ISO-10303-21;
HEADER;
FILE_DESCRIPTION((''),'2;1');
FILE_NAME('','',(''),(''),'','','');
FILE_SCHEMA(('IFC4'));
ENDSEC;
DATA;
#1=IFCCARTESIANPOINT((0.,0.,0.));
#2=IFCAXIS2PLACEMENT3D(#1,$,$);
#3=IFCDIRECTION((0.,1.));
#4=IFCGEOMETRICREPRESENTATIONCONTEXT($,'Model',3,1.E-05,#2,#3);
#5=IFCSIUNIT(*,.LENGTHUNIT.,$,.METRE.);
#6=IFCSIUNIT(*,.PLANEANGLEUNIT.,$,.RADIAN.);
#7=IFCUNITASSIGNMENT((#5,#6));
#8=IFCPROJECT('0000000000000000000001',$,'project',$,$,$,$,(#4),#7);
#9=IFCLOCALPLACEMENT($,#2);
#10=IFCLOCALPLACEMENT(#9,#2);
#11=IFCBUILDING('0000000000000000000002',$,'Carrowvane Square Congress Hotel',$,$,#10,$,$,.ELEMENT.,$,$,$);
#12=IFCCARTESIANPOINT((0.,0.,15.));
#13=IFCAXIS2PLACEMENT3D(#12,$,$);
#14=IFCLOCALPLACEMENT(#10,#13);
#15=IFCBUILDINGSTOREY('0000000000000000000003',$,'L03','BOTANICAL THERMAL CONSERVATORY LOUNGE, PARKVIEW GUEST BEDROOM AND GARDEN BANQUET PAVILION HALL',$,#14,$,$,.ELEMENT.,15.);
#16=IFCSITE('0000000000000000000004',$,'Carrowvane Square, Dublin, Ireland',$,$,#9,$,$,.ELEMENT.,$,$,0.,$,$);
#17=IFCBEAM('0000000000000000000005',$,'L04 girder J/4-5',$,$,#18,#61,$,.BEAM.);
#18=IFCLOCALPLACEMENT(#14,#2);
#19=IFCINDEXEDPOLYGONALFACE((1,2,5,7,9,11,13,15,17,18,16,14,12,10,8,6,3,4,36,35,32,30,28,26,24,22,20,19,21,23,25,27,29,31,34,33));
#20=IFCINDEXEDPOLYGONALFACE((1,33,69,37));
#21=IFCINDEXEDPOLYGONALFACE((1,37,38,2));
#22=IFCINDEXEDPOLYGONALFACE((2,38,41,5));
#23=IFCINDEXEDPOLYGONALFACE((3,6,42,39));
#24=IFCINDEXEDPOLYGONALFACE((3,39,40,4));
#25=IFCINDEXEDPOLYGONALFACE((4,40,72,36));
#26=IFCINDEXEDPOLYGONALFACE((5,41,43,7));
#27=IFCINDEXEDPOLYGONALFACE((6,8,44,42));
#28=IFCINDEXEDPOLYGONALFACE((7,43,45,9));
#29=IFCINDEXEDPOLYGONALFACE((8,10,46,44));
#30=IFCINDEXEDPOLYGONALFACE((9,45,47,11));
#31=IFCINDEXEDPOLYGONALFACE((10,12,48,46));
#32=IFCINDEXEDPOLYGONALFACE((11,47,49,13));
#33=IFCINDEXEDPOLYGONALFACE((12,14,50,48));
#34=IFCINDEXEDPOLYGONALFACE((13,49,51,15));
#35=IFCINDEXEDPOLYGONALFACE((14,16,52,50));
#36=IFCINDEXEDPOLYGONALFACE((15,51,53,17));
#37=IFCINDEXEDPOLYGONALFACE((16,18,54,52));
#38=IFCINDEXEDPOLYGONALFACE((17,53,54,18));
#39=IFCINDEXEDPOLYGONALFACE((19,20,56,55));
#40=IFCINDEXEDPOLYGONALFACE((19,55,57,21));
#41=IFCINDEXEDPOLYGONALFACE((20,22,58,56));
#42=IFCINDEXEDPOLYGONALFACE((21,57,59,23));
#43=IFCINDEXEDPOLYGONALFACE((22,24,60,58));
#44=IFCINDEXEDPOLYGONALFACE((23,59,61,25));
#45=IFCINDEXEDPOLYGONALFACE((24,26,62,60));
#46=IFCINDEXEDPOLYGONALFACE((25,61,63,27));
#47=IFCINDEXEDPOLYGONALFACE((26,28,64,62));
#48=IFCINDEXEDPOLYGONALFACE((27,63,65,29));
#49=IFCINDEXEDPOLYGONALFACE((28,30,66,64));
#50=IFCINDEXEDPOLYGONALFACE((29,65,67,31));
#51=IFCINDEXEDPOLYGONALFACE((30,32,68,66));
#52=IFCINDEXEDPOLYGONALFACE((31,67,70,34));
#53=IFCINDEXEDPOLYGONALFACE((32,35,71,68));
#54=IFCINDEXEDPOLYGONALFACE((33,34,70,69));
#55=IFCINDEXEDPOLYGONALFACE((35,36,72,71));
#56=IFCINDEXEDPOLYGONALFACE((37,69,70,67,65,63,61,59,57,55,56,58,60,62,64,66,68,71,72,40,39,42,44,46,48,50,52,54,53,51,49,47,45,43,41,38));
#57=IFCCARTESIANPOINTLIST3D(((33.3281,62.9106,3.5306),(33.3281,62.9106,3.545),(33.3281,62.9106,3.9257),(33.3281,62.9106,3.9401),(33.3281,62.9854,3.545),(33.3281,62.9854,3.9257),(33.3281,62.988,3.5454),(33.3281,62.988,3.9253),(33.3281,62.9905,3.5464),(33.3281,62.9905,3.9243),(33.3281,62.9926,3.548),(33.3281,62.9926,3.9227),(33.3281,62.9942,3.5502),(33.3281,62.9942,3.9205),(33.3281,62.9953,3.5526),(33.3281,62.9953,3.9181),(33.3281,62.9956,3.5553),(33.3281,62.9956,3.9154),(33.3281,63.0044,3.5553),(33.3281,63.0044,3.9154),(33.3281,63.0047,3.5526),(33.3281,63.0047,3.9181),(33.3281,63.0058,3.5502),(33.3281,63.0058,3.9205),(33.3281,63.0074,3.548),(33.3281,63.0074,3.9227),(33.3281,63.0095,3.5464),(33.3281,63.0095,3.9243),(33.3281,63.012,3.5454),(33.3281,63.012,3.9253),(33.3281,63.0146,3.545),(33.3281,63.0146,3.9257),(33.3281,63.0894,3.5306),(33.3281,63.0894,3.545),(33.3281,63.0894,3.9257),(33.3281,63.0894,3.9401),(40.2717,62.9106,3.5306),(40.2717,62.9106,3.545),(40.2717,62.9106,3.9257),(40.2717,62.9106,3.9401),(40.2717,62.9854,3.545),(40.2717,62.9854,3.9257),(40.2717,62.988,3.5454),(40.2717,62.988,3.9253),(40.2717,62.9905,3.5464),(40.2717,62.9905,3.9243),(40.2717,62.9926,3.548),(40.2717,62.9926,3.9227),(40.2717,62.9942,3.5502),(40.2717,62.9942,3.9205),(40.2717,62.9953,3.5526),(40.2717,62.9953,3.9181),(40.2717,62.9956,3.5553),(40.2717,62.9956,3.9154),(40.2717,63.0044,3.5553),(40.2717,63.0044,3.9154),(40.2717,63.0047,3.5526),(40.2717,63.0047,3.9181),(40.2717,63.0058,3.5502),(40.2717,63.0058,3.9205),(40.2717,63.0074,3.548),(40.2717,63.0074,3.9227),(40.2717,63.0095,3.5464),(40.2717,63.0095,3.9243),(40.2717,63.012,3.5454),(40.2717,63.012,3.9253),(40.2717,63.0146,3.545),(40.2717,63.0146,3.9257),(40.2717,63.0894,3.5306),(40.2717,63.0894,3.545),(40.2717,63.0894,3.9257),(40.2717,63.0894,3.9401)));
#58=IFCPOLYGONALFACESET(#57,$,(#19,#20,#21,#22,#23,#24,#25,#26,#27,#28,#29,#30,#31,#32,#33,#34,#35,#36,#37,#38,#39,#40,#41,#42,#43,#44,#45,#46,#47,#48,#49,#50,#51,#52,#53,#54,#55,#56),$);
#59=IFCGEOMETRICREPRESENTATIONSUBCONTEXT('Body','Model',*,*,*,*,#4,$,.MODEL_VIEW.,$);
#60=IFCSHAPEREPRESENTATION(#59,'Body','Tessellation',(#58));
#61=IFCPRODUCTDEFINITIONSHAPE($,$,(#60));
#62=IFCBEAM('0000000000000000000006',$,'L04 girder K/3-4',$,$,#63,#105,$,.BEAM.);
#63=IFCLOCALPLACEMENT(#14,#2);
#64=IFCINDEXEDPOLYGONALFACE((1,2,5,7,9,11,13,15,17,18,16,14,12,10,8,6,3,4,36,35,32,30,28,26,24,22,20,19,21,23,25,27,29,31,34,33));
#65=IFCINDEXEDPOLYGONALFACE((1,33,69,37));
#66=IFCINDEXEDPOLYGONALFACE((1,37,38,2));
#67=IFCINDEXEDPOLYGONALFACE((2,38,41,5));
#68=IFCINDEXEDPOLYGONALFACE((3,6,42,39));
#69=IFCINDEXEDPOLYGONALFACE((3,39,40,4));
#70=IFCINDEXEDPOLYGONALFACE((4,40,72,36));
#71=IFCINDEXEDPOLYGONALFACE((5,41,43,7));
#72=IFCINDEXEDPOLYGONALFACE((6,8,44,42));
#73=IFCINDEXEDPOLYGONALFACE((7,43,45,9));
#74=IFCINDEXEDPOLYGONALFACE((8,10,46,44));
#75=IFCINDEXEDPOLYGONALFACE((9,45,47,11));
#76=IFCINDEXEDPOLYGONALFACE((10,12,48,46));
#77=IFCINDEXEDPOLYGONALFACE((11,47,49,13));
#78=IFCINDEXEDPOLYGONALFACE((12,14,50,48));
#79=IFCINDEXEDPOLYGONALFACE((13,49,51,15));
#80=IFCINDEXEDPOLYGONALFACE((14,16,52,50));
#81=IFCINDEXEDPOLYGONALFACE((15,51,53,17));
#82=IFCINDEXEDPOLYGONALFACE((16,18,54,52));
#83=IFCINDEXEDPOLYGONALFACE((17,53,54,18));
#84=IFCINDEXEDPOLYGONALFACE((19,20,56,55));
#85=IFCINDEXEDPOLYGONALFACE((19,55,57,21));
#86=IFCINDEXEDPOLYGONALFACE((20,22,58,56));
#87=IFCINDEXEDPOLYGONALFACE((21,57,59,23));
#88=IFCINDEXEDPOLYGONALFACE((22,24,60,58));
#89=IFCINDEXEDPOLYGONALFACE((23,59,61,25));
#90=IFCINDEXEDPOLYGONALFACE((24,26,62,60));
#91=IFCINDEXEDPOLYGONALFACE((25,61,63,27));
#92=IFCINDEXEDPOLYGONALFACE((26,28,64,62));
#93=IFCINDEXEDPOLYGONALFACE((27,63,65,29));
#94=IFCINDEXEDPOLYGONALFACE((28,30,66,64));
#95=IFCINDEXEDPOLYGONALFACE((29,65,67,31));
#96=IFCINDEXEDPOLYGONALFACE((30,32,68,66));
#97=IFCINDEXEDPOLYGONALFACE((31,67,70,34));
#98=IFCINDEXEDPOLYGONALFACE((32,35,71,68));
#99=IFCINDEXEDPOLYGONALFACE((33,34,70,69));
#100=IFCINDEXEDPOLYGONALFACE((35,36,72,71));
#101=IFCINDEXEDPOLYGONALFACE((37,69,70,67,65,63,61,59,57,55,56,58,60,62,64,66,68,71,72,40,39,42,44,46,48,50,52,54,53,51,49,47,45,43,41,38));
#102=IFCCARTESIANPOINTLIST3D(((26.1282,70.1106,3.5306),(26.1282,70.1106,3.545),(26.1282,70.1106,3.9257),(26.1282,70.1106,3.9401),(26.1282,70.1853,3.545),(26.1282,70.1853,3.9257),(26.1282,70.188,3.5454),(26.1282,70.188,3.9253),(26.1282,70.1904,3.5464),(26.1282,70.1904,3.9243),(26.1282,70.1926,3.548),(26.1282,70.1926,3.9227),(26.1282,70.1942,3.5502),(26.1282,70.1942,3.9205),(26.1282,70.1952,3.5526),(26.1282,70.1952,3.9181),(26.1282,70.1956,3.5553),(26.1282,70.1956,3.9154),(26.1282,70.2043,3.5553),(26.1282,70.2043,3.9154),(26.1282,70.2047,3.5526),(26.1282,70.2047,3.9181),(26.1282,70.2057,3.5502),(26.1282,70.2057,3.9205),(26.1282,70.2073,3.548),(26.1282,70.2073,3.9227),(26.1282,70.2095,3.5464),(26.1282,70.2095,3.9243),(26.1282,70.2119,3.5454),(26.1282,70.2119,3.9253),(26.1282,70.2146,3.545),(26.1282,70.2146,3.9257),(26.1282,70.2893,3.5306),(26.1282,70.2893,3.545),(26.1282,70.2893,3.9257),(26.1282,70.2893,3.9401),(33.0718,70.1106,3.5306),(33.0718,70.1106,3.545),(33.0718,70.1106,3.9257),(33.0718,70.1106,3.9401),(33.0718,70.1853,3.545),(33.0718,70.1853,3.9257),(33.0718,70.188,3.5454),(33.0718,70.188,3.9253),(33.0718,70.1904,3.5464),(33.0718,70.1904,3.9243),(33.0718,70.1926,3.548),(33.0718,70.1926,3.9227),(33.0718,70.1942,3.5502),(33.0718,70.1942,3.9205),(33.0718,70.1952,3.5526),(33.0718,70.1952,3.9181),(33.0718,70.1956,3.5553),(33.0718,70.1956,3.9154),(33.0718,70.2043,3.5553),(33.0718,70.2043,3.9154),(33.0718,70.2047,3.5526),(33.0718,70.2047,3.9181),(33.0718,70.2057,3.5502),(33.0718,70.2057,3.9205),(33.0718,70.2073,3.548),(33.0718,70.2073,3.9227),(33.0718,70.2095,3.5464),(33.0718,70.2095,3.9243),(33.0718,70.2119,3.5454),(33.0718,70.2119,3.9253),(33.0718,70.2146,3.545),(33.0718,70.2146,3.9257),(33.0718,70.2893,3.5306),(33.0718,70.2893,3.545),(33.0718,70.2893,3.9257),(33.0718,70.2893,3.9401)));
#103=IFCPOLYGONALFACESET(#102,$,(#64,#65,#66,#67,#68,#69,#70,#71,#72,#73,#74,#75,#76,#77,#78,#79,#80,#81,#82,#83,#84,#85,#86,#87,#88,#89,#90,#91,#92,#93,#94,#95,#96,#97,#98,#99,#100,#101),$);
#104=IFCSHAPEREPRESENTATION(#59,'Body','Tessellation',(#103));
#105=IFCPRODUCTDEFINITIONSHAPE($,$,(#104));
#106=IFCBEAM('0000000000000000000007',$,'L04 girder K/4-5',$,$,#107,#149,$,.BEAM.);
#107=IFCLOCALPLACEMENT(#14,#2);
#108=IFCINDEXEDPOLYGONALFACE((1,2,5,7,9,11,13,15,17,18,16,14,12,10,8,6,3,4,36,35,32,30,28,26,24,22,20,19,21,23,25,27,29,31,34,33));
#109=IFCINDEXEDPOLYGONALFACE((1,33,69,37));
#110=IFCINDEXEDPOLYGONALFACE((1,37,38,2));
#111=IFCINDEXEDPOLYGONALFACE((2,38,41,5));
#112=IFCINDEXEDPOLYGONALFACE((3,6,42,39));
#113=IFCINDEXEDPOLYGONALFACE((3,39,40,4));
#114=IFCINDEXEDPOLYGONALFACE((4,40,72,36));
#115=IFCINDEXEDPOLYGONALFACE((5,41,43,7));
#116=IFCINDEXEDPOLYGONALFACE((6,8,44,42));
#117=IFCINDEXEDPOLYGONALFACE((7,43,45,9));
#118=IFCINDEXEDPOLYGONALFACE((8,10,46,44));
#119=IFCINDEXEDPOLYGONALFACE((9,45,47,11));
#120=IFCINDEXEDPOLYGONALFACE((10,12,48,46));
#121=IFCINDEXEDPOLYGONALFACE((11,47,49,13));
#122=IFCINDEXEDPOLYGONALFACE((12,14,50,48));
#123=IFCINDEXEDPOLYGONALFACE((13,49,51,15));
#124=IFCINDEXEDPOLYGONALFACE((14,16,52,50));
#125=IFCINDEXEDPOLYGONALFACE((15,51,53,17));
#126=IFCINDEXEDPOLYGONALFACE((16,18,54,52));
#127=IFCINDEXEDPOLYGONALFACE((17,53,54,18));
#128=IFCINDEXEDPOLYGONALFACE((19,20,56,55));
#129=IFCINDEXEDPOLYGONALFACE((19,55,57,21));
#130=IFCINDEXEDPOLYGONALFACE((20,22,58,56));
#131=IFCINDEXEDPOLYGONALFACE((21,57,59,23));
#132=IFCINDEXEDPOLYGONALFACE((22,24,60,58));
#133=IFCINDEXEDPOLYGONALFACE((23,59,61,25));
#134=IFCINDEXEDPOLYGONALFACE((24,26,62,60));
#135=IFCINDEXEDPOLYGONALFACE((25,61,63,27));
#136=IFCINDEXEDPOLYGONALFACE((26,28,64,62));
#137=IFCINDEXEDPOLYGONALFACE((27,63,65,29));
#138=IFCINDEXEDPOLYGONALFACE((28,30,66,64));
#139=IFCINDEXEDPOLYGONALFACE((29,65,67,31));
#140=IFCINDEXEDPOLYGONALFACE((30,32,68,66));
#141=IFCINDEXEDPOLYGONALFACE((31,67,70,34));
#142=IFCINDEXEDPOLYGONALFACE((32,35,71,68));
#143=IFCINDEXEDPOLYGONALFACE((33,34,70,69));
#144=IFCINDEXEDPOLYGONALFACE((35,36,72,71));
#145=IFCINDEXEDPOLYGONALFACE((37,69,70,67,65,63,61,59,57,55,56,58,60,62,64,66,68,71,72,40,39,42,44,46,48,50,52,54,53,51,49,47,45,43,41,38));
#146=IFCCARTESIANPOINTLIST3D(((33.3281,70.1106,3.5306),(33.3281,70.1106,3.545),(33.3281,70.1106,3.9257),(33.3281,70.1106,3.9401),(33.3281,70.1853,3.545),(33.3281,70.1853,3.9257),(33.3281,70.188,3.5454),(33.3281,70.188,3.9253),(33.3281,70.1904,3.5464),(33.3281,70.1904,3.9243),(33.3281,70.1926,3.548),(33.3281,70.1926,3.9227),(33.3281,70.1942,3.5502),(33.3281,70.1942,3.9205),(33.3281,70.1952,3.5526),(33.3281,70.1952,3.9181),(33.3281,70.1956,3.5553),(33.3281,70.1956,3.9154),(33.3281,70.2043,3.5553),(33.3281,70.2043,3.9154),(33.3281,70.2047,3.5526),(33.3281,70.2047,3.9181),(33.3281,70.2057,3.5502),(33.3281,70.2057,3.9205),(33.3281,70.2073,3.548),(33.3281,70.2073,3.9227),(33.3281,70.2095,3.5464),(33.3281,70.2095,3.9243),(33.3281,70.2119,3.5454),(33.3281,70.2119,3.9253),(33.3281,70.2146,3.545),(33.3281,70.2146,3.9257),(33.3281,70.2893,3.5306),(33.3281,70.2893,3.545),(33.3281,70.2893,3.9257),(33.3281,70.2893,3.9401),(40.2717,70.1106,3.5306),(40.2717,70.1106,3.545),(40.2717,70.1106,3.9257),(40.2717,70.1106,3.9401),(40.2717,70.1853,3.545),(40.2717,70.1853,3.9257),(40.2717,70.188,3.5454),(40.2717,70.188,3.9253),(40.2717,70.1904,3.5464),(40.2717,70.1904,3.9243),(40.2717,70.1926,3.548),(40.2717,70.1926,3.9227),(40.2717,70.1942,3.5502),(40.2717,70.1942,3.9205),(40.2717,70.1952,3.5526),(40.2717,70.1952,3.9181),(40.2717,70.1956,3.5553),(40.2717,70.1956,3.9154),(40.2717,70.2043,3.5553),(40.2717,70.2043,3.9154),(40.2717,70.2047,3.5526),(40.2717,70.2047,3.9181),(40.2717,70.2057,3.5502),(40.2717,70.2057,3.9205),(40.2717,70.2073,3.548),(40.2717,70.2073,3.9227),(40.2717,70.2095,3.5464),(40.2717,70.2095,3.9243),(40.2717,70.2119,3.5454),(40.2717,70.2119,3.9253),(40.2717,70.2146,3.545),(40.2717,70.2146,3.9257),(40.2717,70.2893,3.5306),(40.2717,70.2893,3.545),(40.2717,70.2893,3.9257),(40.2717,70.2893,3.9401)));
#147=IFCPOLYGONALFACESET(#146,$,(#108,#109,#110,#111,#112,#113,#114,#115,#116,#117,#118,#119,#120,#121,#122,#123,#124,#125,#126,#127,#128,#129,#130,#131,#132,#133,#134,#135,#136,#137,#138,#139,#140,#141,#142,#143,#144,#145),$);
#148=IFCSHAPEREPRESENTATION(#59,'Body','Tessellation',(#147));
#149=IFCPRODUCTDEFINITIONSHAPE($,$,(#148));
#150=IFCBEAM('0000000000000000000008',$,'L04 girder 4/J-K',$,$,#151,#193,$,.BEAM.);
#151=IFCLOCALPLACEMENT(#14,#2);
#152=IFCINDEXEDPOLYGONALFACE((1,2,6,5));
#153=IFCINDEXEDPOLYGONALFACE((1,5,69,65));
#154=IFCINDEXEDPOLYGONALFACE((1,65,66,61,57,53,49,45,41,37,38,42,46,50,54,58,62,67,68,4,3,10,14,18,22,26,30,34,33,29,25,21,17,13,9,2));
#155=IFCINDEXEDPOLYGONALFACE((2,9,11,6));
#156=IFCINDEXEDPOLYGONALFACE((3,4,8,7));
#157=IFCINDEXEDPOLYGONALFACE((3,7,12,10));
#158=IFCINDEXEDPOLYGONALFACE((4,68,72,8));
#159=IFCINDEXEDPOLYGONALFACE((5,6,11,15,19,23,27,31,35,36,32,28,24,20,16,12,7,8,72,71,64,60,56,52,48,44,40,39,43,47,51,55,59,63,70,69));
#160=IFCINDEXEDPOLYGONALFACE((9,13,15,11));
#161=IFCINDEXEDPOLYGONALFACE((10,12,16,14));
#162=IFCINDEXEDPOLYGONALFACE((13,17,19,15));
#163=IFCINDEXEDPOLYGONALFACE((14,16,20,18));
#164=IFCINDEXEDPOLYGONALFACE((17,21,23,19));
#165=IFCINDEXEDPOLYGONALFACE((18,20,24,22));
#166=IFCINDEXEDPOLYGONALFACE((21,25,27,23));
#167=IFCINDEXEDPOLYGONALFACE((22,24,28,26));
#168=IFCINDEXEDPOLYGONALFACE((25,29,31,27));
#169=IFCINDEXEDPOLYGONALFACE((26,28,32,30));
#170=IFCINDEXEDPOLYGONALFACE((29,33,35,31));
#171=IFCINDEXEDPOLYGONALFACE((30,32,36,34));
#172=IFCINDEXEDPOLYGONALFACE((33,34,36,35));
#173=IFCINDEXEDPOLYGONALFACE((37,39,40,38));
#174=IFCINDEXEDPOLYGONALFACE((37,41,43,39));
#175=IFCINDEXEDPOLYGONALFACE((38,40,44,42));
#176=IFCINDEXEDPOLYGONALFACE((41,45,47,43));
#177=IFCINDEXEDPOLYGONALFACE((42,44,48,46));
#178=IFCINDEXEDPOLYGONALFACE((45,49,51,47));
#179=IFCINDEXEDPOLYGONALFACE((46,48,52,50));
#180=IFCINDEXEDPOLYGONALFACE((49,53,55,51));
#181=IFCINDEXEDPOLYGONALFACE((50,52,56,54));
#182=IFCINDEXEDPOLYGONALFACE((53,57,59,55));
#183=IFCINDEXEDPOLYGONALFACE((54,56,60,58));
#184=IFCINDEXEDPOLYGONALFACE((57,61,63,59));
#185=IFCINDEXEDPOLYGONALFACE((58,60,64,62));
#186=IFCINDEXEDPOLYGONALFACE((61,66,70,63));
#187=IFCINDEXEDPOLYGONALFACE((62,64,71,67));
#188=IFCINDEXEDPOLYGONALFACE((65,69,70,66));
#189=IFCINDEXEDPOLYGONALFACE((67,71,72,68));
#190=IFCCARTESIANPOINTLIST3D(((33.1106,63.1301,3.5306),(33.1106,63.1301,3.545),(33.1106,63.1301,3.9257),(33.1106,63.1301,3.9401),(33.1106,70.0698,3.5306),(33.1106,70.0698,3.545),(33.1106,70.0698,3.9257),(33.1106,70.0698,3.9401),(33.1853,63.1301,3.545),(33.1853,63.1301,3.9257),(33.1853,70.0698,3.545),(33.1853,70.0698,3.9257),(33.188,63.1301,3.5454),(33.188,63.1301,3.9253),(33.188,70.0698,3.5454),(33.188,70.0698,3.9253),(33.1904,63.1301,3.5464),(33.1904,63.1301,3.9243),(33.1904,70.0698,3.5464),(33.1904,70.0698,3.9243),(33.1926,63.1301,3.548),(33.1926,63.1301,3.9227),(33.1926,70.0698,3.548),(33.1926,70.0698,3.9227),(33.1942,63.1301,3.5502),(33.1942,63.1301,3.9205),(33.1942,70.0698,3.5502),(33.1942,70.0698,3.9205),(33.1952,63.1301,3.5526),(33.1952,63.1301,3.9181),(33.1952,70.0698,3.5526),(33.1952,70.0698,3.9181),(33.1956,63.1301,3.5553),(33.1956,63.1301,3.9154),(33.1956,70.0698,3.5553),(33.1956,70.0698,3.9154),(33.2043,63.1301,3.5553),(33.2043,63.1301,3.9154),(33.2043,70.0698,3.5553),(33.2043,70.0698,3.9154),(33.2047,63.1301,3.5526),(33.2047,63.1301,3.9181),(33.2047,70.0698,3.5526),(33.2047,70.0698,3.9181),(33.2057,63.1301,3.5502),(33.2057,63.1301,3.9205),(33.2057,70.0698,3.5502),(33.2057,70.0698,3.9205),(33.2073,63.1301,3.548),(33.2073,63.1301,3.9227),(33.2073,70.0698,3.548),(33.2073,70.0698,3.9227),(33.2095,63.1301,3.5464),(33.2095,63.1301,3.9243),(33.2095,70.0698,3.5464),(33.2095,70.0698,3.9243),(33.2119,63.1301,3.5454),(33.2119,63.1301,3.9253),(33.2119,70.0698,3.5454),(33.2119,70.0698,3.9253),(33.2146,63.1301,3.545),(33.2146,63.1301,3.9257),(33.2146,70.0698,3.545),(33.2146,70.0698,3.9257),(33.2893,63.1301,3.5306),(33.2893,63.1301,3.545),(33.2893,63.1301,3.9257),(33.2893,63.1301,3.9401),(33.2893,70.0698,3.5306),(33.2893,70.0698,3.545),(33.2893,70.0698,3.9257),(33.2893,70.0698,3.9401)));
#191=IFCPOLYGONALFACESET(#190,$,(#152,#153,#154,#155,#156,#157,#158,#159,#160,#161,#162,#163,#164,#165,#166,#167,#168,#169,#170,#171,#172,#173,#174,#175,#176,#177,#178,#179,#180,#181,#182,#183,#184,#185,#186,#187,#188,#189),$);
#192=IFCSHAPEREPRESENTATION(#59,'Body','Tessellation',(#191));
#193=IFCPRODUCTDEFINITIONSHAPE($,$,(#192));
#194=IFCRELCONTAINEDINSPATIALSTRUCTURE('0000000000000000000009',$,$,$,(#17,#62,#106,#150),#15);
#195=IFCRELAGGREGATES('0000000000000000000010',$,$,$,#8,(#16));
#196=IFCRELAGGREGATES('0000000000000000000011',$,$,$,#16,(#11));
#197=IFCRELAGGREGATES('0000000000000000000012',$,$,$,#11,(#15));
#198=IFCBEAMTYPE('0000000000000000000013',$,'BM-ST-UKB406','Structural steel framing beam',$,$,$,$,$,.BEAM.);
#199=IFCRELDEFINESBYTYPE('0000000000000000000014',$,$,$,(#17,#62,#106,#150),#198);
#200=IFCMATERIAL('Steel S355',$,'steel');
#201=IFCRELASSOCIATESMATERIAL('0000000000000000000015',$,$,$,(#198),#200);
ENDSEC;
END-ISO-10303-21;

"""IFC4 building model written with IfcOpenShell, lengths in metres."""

from ifc_helpers import new_model, si_unit, direction, frame, origin, origin_2d, place, context, subcontext, project, spatial, i_section, extrude, material, material_profile, profile_set, type_object, element, save


model = new_model("IFC4")

# Units and contexts
model_context = context("Model", 3, precision=1e-05, world=origin(), true_north=direction((0.0, 1.0)))
body_context = subcontext(model_context, "Body", "Model", "MODEL_VIEW")
ifc_project = project(units=[si_unit("LENGTHUNIT", "METRE"), si_unit("PLANEANGLEUNIT", "RADIAN")], contexts=[model_context])

# Site, building, storey
site_placement = place(None, origin())
site = spatial("IfcSite", under=ifc_project, at=site_placement, Name="Carrowvane Square, Dublin, Ireland", CompositionType="ELEMENT", RefElevation=0.0)
building_placement = place(site_placement, origin())
building = spatial("IfcBuilding", under=site, at=building_placement, Name="Carrowvane Square Congress Hotel", CompositionType="ELEMENT")
storey_placement = place(building_placement, frame((0.0, 0.0, 15.0)))
storey = spatial("IfcBuildingStorey", under=building, at=storey_placement, Name="L03", Description="BOTANICAL THERMAL CONSERVATORY LOUNGE, PARKVIEW GUEST BEDROOM AND GARDEN BANQUET PAVILION HALL", CompositionType="ELEMENT", Elevation=15.0)

# Beams
ifc_material_1 = material(Name="Steel S355", Category="steel")
ifc_material_profile_1 = material_profile(ifc_material_1, i_section(OverallWidth=0.1787, OverallDepth=0.4094, WebThickness=0.0088, FlangeThickness=0.0144, FilletRadius=0.0103, at=origin_2d()), Name="UKB 406x178x67")
ifc_profile_set_1 = profile_set([ifc_material_profile_1], Name="Steel S355")
beam_type_1 = type_object("IfcBeamType", Name="BM-ST-UKB406", Description="Structural steel framing beam", PredefinedType="BEAM", material=ifc_profile_set_1)
for number, where, z_axis, x_axis, name in (
    (1, (33.3281, 63.0, 3.7354), (1.0, 0.0, 0.0), (0.0, 1.0, 0.0), "L04 girder J/4-5"),
    (2, (26.1282, 70.2, 3.7354), (1.0, 0.0, 0.0), (0.0, 1.0, 0.0), "L04 girder K/3-4"),
    (3, (33.3281, 70.2, 3.7354), (1.0, 0.0, 0.0), (0.0, 1.0, 0.0), "L04 girder K/4-5"),
):
    element("IfcBeam", number, at=place(storey_placement, frame(where, z_axis=z_axis, x_axis=x_axis)), inside=storey, type_object=beam_type_1, Name=name, PredefinedType="BEAM", context=body_context, shape_type="SweptSolid", body=[
        extrude(i_section(OverallWidth=0.1787, OverallDepth=0.4094, WebThickness=0.0088, FlangeThickness=0.0144, FilletRadius=0.0103, at=origin_2d()), origin(), (0.0, 0.0, 1.0), 6.9436),
    ])
for number, where, z_axis, x_axis, name in (
    (4, (33.2, 63.1301, 3.7354), (0.0, 1.0, 0.0), (-1.0, 0.0, 0.0), "L04 girder 4/J-K"),
):
    element("IfcBeam", number, at=place(storey_placement, frame(where, z_axis=z_axis, x_axis=x_axis)), inside=storey, type_object=beam_type_1, Name=name, PredefinedType="BEAM", context=body_context, shape_type="SweptSolid", body=[
        extrude(i_section(OverallWidth=0.1787, OverallDepth=0.4094, WebThickness=0.0088, FlangeThickness=0.0144, FilletRadius=0.0103, at=origin_2d()), origin(), (0.0, 0.0, 1.0), 6.9397),
    ])

save(model, "model.ifc")
